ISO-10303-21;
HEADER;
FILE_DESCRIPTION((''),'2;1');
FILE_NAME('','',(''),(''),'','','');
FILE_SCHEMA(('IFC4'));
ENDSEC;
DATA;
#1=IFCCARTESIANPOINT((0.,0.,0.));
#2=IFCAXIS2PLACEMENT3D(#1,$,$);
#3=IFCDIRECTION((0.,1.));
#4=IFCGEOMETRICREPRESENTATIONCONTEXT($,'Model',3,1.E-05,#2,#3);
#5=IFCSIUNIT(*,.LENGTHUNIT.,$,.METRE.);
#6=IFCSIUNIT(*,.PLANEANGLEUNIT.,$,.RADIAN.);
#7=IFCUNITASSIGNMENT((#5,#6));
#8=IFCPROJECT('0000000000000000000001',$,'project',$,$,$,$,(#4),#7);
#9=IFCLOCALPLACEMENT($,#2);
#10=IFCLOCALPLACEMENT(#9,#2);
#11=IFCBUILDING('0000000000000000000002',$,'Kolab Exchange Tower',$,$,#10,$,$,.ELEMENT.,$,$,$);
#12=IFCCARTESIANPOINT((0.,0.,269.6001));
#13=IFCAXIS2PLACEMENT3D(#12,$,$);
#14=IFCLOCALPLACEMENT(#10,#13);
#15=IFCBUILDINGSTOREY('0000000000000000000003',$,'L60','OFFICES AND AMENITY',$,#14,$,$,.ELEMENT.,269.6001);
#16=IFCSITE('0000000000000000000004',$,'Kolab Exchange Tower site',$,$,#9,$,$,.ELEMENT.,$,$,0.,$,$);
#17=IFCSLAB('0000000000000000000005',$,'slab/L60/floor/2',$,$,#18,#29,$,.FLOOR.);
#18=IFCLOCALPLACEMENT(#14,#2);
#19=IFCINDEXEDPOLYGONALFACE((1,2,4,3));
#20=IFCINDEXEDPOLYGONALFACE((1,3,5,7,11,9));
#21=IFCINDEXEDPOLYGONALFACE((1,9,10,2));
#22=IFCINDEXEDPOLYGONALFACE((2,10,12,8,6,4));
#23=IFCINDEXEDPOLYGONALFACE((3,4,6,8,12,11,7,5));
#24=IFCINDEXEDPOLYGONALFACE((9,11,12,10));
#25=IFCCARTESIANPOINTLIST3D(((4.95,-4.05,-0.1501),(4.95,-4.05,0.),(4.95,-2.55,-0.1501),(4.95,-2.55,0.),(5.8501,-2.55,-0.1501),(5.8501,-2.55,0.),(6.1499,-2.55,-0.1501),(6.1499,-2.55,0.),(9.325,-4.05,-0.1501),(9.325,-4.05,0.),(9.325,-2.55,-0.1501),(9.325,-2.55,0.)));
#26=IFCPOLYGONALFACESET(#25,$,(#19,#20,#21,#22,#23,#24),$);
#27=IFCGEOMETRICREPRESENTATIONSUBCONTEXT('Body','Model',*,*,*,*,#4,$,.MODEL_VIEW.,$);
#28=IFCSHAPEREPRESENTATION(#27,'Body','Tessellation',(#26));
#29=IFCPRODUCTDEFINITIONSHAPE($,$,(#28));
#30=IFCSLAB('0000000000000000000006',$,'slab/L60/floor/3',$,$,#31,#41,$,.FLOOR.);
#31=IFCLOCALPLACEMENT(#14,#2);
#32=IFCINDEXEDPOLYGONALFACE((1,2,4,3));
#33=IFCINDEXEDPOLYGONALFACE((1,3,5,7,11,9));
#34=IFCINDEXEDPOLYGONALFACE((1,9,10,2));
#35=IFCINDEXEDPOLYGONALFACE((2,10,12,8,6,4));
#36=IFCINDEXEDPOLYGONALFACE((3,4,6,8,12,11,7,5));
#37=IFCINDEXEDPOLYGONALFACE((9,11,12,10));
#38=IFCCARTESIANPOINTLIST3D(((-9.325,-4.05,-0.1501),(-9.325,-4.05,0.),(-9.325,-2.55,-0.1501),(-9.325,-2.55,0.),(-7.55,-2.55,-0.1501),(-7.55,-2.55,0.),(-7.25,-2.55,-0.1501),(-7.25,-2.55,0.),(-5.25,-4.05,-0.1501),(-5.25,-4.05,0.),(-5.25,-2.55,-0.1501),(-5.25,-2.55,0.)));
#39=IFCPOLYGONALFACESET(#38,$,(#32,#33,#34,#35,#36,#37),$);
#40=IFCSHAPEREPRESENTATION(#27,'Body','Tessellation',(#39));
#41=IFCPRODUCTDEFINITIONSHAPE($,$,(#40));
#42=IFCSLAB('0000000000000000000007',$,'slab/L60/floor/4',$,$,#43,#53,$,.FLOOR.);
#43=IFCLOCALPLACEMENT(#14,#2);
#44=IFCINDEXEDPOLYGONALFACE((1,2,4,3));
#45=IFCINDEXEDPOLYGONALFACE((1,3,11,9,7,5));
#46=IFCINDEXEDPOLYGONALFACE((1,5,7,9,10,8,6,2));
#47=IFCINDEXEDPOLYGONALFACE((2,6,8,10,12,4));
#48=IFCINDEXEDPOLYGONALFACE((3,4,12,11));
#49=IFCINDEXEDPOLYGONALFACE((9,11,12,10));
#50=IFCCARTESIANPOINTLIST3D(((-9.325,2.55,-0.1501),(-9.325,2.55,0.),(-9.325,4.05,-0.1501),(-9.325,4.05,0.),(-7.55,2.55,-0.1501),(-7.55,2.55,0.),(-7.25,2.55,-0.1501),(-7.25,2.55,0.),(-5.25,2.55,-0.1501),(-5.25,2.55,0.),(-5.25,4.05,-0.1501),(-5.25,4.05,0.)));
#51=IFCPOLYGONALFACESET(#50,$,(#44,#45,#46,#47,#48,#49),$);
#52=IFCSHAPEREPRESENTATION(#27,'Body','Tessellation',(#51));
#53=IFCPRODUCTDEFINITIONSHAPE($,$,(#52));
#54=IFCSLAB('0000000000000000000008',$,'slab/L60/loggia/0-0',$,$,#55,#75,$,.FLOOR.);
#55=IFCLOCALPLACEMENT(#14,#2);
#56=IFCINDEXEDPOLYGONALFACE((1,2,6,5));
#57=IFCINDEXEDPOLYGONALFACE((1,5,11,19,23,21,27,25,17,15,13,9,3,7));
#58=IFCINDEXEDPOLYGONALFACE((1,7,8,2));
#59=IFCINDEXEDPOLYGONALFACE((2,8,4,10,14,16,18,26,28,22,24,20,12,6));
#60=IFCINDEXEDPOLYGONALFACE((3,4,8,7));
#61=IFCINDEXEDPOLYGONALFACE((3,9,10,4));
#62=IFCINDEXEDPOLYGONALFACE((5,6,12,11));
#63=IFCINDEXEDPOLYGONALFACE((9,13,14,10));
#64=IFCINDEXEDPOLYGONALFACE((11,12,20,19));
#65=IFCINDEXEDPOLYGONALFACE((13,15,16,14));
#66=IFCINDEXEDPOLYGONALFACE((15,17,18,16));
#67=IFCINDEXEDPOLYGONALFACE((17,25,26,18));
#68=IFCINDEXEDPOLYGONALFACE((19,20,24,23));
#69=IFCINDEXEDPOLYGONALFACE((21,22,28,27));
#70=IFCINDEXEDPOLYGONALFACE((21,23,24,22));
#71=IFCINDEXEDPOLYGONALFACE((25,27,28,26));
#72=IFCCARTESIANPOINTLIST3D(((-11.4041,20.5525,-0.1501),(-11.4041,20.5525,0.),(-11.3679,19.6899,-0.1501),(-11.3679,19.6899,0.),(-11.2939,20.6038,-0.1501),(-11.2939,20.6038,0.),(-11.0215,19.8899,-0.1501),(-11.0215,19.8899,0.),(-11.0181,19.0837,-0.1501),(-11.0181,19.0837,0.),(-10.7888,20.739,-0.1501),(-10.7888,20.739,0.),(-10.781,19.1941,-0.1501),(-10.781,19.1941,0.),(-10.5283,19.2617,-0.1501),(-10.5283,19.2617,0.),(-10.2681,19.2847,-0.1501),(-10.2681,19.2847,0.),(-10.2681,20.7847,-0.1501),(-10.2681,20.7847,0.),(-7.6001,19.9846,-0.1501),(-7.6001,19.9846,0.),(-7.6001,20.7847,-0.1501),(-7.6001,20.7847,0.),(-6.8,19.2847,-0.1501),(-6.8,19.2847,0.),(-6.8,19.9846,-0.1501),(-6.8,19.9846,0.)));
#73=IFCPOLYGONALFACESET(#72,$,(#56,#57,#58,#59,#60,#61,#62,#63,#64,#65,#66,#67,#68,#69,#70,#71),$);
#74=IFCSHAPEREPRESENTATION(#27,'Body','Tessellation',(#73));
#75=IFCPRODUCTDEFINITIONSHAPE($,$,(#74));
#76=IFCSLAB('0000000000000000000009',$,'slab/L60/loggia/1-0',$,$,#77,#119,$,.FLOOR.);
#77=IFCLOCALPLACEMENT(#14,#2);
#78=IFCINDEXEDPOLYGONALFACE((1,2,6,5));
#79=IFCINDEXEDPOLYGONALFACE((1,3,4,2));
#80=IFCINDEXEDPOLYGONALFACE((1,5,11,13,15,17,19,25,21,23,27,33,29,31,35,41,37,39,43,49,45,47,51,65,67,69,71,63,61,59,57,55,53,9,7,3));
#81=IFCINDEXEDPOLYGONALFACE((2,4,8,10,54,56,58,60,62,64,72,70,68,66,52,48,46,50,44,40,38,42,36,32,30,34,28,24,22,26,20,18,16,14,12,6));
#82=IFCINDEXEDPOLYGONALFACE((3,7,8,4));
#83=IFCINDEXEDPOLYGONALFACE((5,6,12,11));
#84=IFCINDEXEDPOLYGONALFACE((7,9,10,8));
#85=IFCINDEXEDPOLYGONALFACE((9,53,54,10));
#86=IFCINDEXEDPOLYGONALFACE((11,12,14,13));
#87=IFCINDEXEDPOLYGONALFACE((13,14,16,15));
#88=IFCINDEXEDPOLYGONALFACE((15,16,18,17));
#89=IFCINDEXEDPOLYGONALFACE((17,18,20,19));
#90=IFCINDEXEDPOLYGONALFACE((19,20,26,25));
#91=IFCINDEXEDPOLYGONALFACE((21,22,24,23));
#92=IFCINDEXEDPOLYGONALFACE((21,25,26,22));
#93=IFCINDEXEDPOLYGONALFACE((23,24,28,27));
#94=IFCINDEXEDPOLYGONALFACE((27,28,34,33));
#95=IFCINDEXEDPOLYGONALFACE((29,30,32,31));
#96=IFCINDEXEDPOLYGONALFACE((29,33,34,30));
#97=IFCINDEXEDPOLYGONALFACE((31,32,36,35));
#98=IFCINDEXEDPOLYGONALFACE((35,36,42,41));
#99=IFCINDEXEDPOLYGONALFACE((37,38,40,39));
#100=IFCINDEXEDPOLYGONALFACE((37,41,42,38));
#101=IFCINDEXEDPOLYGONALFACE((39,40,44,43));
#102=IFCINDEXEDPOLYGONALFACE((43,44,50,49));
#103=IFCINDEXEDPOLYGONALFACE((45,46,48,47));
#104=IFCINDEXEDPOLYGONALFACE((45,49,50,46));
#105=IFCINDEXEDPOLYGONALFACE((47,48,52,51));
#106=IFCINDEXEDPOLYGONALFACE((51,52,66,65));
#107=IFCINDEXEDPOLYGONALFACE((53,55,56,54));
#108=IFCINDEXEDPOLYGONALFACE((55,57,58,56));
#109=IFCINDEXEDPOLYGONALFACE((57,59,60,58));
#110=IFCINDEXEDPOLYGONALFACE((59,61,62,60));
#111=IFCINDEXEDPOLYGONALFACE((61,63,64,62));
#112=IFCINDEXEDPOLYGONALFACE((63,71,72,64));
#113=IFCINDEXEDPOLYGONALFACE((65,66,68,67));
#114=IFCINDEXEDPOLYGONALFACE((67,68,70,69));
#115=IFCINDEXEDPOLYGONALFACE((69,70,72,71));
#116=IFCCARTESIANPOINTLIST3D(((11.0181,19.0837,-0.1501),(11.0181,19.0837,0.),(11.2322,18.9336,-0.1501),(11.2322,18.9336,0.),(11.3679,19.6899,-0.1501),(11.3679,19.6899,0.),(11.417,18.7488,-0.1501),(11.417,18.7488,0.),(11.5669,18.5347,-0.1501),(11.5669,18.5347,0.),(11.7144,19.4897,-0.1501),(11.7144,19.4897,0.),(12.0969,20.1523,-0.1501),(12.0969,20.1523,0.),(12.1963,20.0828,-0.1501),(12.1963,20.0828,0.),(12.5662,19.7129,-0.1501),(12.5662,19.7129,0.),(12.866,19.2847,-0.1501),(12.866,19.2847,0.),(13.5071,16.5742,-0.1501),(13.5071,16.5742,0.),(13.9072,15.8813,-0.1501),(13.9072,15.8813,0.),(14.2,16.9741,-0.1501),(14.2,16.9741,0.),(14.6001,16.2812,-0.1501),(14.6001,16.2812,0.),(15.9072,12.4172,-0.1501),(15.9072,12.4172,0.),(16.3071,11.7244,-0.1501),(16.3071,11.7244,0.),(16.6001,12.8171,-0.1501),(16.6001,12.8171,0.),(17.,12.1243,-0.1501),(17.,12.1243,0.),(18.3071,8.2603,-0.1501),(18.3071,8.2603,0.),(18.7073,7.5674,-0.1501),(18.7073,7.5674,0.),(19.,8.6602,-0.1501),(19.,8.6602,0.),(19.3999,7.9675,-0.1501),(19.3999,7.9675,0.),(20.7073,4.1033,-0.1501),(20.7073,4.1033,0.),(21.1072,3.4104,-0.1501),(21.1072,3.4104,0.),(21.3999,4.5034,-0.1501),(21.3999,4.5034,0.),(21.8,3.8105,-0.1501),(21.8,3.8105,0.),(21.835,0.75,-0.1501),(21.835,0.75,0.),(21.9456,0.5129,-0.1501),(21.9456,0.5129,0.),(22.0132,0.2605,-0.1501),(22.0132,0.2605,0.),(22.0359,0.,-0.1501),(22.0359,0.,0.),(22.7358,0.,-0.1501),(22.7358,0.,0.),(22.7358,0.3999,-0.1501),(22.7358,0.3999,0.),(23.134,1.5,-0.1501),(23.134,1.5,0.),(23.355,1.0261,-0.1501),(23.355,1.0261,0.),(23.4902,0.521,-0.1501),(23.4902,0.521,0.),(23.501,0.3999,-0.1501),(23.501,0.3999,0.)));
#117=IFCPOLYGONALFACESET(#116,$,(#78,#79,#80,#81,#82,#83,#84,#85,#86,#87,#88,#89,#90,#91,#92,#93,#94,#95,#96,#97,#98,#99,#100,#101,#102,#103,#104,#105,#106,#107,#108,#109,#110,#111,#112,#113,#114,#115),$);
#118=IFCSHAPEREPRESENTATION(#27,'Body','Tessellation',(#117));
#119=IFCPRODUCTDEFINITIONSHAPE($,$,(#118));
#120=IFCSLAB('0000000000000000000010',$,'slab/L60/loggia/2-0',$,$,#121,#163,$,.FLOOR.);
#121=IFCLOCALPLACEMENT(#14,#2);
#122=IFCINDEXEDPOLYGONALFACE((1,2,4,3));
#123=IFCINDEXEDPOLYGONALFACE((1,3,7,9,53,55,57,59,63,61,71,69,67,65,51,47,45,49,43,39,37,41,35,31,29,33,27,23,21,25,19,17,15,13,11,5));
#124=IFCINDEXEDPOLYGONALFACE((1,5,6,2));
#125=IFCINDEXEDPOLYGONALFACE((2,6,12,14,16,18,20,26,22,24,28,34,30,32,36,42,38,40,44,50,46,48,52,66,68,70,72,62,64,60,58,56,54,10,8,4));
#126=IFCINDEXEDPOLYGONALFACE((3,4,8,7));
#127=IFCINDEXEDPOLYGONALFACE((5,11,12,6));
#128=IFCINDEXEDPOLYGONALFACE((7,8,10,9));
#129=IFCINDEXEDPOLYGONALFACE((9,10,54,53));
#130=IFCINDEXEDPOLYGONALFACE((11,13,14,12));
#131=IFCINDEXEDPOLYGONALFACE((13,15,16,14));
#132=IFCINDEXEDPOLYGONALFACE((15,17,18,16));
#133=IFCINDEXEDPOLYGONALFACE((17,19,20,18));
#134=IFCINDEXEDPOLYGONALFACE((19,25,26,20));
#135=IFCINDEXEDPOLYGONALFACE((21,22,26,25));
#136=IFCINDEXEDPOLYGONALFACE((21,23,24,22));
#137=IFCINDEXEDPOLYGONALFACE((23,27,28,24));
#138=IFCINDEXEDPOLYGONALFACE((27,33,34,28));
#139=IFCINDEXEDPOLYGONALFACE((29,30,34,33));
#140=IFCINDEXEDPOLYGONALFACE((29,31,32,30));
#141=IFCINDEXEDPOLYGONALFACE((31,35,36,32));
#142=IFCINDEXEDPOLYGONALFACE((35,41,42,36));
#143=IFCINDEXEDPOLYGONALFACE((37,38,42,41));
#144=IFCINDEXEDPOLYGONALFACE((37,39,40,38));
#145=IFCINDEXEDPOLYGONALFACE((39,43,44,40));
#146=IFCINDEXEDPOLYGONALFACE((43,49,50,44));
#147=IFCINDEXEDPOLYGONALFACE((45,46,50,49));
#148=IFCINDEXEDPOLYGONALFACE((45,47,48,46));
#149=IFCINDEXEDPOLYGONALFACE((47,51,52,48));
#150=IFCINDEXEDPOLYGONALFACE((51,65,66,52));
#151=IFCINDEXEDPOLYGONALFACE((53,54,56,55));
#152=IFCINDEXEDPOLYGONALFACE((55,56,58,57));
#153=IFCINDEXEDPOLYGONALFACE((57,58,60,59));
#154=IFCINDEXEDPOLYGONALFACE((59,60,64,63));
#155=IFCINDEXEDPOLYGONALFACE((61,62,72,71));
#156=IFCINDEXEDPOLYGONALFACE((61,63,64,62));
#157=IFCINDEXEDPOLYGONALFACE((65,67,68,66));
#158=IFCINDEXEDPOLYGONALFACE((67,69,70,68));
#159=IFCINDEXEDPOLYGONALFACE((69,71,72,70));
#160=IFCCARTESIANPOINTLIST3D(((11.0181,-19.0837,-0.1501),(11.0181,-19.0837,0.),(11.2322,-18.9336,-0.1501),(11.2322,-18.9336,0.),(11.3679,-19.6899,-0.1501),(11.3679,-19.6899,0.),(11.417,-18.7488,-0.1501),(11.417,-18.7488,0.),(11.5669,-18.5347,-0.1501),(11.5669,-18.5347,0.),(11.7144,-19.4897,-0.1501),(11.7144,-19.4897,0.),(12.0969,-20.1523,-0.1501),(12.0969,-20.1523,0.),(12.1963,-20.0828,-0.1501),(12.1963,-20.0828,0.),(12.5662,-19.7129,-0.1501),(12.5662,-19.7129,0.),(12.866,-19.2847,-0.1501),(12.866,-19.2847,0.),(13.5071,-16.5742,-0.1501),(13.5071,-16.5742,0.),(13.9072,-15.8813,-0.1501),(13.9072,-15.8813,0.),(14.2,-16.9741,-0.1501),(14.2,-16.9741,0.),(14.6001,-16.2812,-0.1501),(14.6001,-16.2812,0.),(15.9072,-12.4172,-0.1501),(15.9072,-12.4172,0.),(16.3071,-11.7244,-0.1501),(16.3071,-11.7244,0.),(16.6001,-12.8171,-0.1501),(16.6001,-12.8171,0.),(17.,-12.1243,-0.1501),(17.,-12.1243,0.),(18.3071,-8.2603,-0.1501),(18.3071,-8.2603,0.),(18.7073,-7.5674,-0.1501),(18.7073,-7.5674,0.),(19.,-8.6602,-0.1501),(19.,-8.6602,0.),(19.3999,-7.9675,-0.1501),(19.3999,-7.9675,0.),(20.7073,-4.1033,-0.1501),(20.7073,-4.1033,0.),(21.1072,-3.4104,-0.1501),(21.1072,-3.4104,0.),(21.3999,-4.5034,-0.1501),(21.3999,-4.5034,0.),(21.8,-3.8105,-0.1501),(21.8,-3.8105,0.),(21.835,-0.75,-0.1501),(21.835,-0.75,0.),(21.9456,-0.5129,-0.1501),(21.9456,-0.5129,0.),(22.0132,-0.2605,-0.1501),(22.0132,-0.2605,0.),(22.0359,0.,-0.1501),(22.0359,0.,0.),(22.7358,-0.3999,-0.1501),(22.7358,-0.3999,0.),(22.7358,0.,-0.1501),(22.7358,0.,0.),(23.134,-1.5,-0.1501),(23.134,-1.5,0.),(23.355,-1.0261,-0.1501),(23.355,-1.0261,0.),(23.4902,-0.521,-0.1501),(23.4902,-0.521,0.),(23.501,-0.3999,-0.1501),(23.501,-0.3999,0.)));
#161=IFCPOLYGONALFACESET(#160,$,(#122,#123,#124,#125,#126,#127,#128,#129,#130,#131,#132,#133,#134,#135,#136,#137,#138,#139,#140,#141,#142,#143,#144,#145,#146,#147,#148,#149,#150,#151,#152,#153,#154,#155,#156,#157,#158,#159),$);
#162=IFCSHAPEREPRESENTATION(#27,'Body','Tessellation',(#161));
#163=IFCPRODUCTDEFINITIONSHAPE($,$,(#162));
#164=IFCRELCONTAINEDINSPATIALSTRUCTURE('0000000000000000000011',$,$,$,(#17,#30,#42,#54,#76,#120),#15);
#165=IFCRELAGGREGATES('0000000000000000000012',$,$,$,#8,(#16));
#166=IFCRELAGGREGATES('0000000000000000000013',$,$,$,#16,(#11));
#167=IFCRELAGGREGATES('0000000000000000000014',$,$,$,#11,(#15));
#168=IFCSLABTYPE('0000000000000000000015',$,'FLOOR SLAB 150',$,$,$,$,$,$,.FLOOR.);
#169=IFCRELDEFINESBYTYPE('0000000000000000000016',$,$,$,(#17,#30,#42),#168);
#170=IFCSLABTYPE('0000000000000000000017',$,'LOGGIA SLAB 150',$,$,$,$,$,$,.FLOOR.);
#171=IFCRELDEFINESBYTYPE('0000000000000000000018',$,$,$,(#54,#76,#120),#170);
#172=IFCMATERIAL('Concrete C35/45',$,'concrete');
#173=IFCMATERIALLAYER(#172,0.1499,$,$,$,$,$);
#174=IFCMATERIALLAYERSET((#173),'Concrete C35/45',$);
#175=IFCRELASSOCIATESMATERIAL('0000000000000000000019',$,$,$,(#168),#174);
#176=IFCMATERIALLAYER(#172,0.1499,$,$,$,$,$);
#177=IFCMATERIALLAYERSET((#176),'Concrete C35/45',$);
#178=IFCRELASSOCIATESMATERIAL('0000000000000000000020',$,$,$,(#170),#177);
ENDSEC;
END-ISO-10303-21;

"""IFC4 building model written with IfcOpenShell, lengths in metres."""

from ifc_helpers import new_model, si_unit, direction, frame, origin, place, context, subcontext, project, spatial, polyline, outline, extrude, material, layer, layer_set, type_object, element, save


model = new_model("IFC4")

# Units and contexts
model_context = context("Model", 3, precision=1e-05, world=origin(), true_north=direction((0.0, 1.0)))
body_context = subcontext(model_context, "Body", "Model", "MODEL_VIEW")
ifc_project = project(units=[si_unit("LENGTHUNIT", "METRE"), si_unit("PLANEANGLEUNIT", "RADIAN")], contexts=[model_context])

# Site, building, storey
site_placement = place(None, origin())
site = spatial("IfcSite", under=ifc_project, at=site_placement, Name="Kolab Exchange Tower site", CompositionType="ELEMENT", RefElevation=0.0)
building_placement = place(site_placement, origin())
building = spatial("IfcBuilding", under=site, at=building_placement, Name="Kolab Exchange Tower", CompositionType="ELEMENT")
storey_placement = place(building_placement, frame((0.0, 0.0, 269.6001)))
storey = spatial("IfcBuildingStorey", under=building, at=storey_placement, Name="L60", Description="OFFICES AND AMENITY", CompositionType="ELEMENT", Elevation=269.6001)

# Slabs
ifc_material_1 = material(Name="Concrete C35/45", Category="concrete")
ifc_layer_1 = layer(ifc_material_1, 0.1499)
ifc_layer_set_1 = layer_set([ifc_layer_1], Name="Concrete C35/45")
slab_type_1 = type_object("IfcSlabType", Name="FLOOR SLAB 150", PredefinedType="FLOOR", material=ifc_layer_set_1)
slab_1_placement = place(storey_placement, frame((0.0, 0.0, -0.1501)))
element("IfcSlab", 1, at=slab_1_placement, inside=storey, type_object=slab_type_1, Name="slab/L60/floor/2", PredefinedType="FLOOR", context=body_context, shape_type="SweptSolid", body=[
    extrude(outline(polyline([(4.95, -4.05), (9.325, -4.05), (9.325, -2.55), (6.1499, -2.55), (5.8501, -2.55), (4.95, -2.55), (4.95, -4.05)])), origin(), (0.0, 0.0, 1.0), 0.1501),
])
slab_2_placement = place(storey_placement, frame((0.0, 0.0, -0.1501)))
element("IfcSlab", 2, at=slab_2_placement, inside=storey, type_object=slab_type_1, Name="slab/L60/floor/3", PredefinedType="FLOOR", context=body_context, shape_type="SweptSolid", body=[
    extrude(outline(polyline([(-7.55, -2.55), (-9.325, -2.55), (-9.325, -4.05), (-5.25, -4.05), (-5.25, -2.55), (-7.25, -2.55), (-7.55, -2.55)])), origin(), (0.0, 0.0, 1.0), 0.1501),
])
slab_3_placement = place(storey_placement, frame((0.0, 0.0, -0.1501)))
element("IfcSlab", 3, at=slab_3_placement, inside=storey, type_object=slab_type_1, Name="slab/L60/floor/4", PredefinedType="FLOOR", context=body_context, shape_type="SweptSolid", body=[
    extrude(outline(polyline([(-9.325, 2.55), (-7.55, 2.55), (-7.25, 2.55), (-5.25, 2.55), (-5.25, 4.05), (-9.325, 4.05), (-9.325, 2.55)])), origin(), (0.0, 0.0, 1.0), 0.1501),
])
ifc_layer_2 = layer(ifc_material_1, 0.1499)
ifc_layer_set_2 = layer_set([ifc_layer_2], Name="Concrete C35/45")
slab_type_2 = type_object("IfcSlabType", Name="LOGGIA SLAB 150", PredefinedType="FLOOR", material=ifc_layer_set_2)
slab_4_placement = place(storey_placement, frame((0.0, 0.0, -0.1501)))
element("IfcSlab", 4, at=slab_4_placement, inside=storey, type_object=slab_type_2, Name="slab/L60/loggia/0-0", PredefinedType="FLOOR", context=body_context, shape_type="SweptSolid", body=[
    extrude(outline(polyline([(-6.8, 19.2847), (-6.8, 19.9846), (-7.6001, 19.9846), (-7.6001, 20.7847), (-10.2681, 20.7847), (-10.7888, 20.739), (-11.2939, 20.6038), (-11.4041, 20.5525), (-11.0215, 19.8899), (-11.3679, 19.6899), (-11.0181, 19.0837), (-10.781, 19.1941), (-10.5283, 19.2617), (-10.2681, 19.2847), (-6.8, 19.2847)])), origin(), (0.0, 0.0, 1.0), 0.1501),
])
slab_5_placement = place(storey_placement, frame((0.0, 0.0, -0.1501)))
element("IfcSlab", 5, at=slab_5_placement, inside=storey, type_object=slab_type_2, Name="slab/L60/loggia/1-0", PredefinedType="FLOOR", context=body_context, shape_type="SweptSolid", body=[
    extrude(outline(polyline([(22.0359, 0.0), (22.7358, 0.0), (22.7358, 0.3999), (23.501, 0.3999), (23.4902, 0.521), (23.355, 1.0261), (23.134, 1.5), (21.8, 3.8105), (21.1072, 3.4104), (20.7073, 4.1033), (21.3999, 4.5034), (19.3999, 7.9675), (18.7073, 7.5674), (18.3071, 8.2603), (19.0, 8.6602), (17.0, 12.1243), (16.3071, 11.7244), (15.9072, 12.4172), (16.6001, 12.8171), (14.6001, 16.2812), (13.9072, 15.8813), (13.5071, 16.5742), (14.2, 16.9741), (12.866, 19.2847), (12.5662, 19.7129), (12.1963, 20.0828), (12.0969, 20.1523), (11.7144, 19.4897), (11.3679, 19.6899), (11.0181, 19.0837), (11.2322, 18.9336), (11.417, 18.7488), (11.5669, 18.5347), (21.835, 0.75), (21.9456, 0.5129), (22.0132, 0.2605), (22.0359, 0.0)])), origin(), (0.0, 0.0, 1.0), 0.1501),
])
slab_6_placement = place(storey_placement, frame((0.0, 0.0, -0.1501)))
element("IfcSlab", 6, at=slab_6_placement, inside=storey, type_object=slab_type_2, Name="slab/L60/loggia/2-0", PredefinedType="FLOOR", context=body_context, shape_type="SweptSolid", body=[
    extrude(outline(polyline([(12.866, -19.2847), (14.2, -16.9741), (13.5071, -16.5742), (13.9072, -15.8813), (14.6001, -16.2812), (16.6001, -12.8171), (15.9072, -12.4172), (16.3071, -11.7244), (17.0, -12.1243), (19.0, -8.6602), (18.3071, -8.2603), (18.7073, -7.5674), (19.3999, -7.9675), (21.3999, -4.5034), (20.7073, -4.1033), (21.1072, -3.4104), (21.8, -3.8105), (23.134, -1.5), (23.355, -1.0261), (23.4902, -0.521), (23.501, -0.3999), (22.7358, -0.3999), (22.7358, 0.0), (22.0359, 0.0), (22.0132, -0.2605), (21.9456, -0.5129), (21.835, -0.75), (11.5669, -18.5347), (11.417, -18.7488), (11.2322, -18.9336), (11.0181, -19.0837), (11.3679, -19.6899), (11.7144, -19.4897), (12.0969, -20.1523), (12.1963, -20.0828), (12.5662, -19.7129), (12.866, -19.2847)])), origin(), (0.0, 0.0, 1.0), 0.1501),
])

save(model, "model.ifc")
